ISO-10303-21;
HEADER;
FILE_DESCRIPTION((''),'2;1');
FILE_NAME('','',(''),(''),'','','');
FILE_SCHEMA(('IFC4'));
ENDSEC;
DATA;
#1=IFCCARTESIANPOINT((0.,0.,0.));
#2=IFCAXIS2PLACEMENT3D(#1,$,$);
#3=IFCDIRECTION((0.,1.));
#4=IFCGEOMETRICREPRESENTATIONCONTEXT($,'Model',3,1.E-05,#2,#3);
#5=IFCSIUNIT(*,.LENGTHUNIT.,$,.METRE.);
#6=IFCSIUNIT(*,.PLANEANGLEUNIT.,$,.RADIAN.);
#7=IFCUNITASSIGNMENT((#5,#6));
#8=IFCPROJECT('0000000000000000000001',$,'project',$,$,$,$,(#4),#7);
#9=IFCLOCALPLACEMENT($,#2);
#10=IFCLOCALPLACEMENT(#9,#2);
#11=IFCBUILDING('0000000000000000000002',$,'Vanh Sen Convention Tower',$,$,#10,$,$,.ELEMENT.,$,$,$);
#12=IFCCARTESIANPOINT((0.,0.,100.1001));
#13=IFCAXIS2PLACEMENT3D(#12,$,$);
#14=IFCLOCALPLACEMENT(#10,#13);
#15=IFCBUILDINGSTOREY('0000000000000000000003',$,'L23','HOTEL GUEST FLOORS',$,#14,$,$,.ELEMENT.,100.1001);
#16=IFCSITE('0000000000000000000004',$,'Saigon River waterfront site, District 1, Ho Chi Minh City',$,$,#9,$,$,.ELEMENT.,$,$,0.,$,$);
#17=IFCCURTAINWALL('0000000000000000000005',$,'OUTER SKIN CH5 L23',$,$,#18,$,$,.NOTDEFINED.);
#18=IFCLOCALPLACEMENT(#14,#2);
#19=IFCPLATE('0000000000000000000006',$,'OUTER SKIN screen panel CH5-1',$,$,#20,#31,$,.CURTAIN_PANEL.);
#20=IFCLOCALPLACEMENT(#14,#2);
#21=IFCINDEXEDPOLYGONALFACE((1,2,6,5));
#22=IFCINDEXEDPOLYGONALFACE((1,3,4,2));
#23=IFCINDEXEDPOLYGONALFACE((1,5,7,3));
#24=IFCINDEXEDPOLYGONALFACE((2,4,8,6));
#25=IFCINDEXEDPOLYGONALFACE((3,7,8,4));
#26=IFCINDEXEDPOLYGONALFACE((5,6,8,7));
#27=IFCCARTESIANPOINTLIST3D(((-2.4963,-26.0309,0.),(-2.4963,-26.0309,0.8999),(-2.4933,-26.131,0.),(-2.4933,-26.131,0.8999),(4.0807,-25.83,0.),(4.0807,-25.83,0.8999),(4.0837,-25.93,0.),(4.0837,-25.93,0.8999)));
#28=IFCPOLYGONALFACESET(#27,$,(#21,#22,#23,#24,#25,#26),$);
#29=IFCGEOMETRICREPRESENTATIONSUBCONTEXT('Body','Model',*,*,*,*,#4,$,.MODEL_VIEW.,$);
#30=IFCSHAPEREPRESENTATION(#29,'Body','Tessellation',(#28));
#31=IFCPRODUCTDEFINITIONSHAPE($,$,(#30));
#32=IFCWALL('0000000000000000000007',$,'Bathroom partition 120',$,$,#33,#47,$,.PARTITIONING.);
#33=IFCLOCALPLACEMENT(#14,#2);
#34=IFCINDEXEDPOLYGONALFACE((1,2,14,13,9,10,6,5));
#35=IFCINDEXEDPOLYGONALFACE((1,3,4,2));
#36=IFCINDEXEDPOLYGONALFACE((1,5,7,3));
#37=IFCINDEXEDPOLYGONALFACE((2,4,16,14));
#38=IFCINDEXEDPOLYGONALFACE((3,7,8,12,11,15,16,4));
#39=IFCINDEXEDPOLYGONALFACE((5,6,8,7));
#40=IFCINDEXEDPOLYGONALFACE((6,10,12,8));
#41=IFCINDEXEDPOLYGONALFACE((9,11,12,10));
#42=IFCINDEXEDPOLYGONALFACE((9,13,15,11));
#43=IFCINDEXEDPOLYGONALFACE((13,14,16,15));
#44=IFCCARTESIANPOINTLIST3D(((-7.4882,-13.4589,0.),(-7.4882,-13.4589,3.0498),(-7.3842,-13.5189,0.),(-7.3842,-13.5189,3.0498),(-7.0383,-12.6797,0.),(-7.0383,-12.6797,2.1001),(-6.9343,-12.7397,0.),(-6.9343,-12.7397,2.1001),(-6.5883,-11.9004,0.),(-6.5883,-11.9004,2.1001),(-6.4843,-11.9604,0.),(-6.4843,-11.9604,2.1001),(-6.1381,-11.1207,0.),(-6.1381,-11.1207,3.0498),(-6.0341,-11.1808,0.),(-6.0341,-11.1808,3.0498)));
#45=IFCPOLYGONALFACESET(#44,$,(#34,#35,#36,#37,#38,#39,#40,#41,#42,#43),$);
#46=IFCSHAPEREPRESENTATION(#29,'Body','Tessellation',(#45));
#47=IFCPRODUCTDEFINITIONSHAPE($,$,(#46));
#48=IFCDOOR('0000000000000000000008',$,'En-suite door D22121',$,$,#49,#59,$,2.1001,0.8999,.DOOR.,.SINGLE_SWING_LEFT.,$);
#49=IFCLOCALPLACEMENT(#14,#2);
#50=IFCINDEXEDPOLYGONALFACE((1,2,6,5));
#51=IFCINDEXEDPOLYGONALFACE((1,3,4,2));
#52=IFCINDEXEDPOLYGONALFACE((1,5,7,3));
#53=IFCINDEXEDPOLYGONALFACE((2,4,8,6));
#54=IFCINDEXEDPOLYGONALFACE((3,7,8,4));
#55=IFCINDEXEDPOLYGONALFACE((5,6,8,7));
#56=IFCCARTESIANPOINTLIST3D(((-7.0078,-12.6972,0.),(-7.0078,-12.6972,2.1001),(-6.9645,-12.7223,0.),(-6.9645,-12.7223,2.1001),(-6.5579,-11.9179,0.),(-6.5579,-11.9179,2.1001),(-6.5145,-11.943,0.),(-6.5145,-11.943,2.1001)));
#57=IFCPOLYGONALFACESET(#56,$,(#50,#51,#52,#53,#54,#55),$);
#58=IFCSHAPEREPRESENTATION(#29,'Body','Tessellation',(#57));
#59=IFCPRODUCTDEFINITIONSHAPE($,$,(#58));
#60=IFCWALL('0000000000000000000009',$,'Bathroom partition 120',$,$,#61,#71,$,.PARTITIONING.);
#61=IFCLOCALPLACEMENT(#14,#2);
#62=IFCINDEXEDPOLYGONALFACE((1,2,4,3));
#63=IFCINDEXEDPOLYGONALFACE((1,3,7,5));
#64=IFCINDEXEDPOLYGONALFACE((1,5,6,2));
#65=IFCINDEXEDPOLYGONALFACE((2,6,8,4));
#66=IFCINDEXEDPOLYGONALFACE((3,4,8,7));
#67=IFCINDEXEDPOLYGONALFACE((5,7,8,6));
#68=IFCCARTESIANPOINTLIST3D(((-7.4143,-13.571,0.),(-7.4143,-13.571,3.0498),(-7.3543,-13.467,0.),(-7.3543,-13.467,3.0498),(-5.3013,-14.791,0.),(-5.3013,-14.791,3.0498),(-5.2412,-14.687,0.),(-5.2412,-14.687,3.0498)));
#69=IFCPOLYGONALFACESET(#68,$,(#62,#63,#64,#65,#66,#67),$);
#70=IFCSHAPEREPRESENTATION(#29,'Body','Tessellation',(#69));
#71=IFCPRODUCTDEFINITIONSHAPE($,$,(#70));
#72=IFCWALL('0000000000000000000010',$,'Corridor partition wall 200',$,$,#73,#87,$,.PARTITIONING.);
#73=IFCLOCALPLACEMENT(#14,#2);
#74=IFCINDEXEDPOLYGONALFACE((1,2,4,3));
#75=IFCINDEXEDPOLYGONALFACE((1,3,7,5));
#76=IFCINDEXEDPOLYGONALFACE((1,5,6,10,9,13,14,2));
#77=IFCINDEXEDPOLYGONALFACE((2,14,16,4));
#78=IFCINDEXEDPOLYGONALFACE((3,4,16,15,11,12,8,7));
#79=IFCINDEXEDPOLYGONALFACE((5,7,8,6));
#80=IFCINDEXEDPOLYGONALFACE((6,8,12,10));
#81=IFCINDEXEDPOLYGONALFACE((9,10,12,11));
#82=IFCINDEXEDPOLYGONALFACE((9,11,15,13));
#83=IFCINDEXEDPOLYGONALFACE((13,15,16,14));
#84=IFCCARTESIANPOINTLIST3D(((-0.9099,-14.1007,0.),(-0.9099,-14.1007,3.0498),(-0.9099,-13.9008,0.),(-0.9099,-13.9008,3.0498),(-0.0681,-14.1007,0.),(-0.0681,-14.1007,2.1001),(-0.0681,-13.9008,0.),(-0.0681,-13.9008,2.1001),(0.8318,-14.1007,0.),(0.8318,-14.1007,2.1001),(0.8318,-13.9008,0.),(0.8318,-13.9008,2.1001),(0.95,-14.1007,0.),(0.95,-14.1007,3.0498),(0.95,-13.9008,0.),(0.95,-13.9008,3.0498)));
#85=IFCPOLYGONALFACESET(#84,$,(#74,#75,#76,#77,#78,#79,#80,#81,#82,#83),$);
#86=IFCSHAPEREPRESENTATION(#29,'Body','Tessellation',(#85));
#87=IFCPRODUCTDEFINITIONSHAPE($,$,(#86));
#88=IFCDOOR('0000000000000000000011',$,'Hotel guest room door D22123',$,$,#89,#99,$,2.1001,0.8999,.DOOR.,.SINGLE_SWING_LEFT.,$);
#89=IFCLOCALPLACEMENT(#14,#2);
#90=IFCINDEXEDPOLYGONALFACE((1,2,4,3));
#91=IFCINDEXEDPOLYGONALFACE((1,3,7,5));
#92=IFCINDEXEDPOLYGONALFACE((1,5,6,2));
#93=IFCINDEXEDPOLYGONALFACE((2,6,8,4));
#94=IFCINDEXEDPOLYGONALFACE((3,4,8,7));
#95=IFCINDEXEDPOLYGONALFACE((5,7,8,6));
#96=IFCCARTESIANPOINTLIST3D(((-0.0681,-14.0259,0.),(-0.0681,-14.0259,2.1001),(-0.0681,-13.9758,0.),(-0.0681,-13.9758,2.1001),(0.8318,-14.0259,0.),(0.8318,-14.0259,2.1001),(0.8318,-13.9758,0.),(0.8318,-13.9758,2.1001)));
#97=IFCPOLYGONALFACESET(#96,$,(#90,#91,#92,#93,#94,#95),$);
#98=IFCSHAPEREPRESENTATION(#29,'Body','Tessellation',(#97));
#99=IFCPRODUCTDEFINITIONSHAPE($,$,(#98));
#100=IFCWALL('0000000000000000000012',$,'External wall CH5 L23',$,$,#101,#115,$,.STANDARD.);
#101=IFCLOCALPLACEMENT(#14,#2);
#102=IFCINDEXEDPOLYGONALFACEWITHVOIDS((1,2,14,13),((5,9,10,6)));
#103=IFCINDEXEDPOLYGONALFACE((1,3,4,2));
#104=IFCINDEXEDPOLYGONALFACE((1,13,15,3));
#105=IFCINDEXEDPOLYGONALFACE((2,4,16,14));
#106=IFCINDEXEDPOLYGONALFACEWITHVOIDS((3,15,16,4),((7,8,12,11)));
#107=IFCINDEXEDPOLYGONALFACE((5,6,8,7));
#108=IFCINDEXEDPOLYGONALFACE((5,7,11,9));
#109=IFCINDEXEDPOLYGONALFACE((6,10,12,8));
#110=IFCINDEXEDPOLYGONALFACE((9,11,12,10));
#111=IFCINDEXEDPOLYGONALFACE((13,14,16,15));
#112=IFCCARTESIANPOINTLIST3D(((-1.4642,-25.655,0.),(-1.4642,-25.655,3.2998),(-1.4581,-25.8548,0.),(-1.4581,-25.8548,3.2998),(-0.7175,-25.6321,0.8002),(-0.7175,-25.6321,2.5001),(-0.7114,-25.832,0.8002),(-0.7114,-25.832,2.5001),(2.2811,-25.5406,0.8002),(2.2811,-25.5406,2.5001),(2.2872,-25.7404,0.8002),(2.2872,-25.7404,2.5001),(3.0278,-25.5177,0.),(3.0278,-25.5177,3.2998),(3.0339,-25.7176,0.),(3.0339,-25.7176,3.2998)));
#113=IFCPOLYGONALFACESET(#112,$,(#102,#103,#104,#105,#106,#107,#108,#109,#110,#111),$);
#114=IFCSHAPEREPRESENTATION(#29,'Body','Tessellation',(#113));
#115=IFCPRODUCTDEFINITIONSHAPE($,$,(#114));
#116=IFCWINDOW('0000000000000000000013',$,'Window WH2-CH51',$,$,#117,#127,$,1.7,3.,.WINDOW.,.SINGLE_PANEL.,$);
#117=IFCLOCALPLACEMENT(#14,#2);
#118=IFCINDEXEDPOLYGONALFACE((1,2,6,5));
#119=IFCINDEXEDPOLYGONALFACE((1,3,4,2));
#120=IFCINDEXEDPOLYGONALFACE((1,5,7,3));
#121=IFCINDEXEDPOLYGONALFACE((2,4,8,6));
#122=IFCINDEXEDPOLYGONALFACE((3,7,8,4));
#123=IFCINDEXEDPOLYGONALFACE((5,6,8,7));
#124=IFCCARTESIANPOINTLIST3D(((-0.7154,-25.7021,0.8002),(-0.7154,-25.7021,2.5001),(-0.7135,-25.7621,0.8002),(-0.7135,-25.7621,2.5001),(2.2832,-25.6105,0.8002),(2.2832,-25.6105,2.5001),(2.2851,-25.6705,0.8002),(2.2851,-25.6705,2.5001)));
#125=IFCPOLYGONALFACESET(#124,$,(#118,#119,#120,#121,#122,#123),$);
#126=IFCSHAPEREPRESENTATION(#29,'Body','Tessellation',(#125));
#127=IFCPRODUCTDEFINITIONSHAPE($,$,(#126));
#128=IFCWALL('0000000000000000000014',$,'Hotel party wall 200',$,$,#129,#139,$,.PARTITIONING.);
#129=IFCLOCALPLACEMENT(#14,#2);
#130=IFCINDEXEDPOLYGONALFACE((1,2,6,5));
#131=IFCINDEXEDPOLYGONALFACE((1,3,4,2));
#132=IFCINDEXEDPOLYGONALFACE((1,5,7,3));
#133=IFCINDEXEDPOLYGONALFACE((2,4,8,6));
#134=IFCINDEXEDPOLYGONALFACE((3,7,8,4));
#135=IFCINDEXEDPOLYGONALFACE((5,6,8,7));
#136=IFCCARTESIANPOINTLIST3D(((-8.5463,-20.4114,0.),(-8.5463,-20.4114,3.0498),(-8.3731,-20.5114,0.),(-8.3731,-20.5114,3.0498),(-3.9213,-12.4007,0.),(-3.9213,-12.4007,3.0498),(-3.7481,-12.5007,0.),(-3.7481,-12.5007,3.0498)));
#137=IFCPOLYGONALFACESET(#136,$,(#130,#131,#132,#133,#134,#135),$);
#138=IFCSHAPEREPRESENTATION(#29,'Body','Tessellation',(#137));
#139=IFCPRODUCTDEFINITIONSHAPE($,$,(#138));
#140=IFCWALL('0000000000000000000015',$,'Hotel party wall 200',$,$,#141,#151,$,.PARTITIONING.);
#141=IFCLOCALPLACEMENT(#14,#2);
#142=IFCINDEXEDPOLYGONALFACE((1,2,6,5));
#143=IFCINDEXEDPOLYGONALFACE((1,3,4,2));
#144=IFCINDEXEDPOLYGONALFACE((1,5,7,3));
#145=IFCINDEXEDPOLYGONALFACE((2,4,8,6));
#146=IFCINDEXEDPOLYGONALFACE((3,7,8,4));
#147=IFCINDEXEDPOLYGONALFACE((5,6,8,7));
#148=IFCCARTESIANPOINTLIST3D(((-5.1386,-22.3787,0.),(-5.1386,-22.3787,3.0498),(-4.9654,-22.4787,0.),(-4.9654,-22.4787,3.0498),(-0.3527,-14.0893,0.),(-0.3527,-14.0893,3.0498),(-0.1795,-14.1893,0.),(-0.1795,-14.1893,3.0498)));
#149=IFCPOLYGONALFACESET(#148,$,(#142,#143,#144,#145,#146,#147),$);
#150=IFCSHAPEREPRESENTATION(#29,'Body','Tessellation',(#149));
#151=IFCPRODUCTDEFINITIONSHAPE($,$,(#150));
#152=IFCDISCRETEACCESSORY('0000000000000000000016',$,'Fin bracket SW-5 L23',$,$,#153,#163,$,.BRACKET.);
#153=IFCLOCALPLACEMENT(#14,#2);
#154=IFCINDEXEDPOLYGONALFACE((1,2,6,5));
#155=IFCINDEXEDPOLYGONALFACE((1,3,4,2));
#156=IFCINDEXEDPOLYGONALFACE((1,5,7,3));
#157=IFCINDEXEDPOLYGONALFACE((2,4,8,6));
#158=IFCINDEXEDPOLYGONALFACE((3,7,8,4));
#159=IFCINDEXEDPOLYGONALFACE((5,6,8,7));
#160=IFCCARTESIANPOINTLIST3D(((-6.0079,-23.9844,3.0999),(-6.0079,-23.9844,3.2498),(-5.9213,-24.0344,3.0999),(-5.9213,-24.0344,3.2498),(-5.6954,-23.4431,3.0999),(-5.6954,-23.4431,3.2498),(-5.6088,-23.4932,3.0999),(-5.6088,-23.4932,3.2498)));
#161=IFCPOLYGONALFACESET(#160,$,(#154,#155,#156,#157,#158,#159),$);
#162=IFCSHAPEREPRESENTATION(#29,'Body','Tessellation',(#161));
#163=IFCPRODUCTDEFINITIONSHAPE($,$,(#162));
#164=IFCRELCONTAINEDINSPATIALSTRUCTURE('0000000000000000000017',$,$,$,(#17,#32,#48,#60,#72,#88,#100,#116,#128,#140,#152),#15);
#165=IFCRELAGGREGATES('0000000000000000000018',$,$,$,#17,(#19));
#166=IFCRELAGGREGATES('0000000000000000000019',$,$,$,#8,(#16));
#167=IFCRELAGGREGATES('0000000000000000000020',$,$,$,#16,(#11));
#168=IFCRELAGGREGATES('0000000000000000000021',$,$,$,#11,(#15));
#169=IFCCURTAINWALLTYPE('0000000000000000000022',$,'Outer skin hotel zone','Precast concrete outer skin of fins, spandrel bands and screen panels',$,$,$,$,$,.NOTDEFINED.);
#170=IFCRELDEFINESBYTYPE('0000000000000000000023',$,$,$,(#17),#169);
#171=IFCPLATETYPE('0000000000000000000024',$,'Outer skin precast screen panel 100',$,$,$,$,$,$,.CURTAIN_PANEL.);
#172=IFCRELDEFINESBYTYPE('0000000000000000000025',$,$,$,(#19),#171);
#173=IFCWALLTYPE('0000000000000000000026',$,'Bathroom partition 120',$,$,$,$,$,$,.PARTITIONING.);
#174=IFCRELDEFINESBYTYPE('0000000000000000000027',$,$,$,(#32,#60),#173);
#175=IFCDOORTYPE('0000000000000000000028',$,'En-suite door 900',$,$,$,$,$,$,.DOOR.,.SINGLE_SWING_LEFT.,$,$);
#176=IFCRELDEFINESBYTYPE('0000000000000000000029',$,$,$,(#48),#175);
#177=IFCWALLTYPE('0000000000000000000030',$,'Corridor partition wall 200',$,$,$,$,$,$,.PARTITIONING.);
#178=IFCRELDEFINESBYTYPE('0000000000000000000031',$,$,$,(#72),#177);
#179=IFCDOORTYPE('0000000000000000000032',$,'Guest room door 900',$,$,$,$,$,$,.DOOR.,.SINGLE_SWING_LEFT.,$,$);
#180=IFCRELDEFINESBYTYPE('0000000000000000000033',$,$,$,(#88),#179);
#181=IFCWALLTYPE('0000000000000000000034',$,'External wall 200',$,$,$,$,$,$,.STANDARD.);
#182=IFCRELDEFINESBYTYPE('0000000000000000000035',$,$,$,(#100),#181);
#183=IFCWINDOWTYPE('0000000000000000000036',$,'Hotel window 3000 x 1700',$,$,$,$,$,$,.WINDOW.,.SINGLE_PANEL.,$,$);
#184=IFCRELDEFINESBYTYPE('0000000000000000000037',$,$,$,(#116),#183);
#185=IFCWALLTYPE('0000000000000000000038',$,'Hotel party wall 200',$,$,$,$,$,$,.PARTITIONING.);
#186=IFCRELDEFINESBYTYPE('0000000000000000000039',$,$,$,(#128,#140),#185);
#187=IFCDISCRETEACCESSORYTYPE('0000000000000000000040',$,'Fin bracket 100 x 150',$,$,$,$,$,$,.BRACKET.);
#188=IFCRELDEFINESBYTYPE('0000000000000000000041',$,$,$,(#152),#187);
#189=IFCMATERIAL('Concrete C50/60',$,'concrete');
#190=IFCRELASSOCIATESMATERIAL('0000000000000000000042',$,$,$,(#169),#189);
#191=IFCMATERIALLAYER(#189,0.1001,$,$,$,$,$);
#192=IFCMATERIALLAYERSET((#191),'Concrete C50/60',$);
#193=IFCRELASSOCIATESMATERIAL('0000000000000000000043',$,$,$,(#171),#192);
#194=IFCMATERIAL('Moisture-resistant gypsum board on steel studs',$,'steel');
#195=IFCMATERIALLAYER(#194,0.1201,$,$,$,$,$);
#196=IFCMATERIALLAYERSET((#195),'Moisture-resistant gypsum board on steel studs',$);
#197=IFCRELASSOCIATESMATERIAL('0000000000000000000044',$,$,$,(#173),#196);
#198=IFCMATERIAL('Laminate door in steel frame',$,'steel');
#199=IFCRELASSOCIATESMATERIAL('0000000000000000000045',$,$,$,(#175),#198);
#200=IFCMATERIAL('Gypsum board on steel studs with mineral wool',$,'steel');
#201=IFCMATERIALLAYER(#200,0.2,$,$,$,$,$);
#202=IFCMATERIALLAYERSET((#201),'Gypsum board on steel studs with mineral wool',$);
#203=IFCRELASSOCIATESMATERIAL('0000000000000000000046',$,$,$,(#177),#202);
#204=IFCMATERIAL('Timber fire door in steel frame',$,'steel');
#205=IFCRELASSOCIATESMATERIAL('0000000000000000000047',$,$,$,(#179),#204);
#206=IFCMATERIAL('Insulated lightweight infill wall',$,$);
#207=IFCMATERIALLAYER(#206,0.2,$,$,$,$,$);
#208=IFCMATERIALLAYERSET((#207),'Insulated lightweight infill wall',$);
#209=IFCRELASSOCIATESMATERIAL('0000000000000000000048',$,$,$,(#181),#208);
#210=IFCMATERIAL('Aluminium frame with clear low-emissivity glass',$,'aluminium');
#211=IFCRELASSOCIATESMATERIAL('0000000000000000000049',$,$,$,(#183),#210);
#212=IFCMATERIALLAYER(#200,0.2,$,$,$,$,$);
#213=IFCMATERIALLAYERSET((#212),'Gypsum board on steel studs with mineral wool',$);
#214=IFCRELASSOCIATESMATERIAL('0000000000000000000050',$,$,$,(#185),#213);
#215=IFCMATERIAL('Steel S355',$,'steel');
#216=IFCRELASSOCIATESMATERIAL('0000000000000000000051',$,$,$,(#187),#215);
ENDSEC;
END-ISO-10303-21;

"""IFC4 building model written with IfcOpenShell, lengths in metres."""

from ifc_helpers import new_model, si_unit, direction, frame, frame_2d, origin, origin_2d, place, context, subcontext, project, spatial, rectangle, extrude, material, layer, layer_set, type_object, element, fill, aggregate, save


model = new_model("IFC4")

# Units and contexts
model_context = context("Model", 3, precision=1e-05, world=origin(), true_north=direction((0.0, 1.0)))
body_context = subcontext(model_context, "Body", "Model", "MODEL_VIEW")
ifc_project = project(units=[si_unit("LENGTHUNIT", "METRE"), si_unit("PLANEANGLEUNIT", "RADIAN")], contexts=[model_context])

# Site, building, storey
site_placement = place(None, origin())
site = spatial("IfcSite", under=ifc_project, at=site_placement, Name="Saigon River waterfront site, District 1, Ho Chi Minh City", CompositionType="ELEMENT", RefElevation=0.0)
building_placement = place(site_placement, origin())
building = spatial("IfcBuilding", under=site, at=building_placement, Name="Vanh Sen Convention Tower", CompositionType="ELEMENT")
storey_placement = place(building_placement, frame((0.0, 0.0, 100.1001)))
storey = spatial("IfcBuildingStorey", under=building, at=storey_placement, Name="L23", Description="HOTEL GUEST FLOORS", CompositionType="ELEMENT", Elevation=100.1001)

# Shared definitions
ifc_material_1 = material(Name="Concrete C50/60", Category="concrete")
curtain_wall_type = type_object("IfcCurtainWallType", Name="Outer skin hotel zone", Description="Precast concrete outer skin of fins, spandrel bands and screen panels", PredefinedType="NOTDEFINED", material=ifc_material_1)

# Curtain wall
curtain_wall_1_placement = place(storey_placement, origin())
curtain_wall_1 = element("IfcCurtainWall", 1, at=curtain_wall_1_placement, inside=storey, type_object=curtain_wall_type, Name="OUTER SKIN CH5 L23", PredefinedType="NOTDEFINED")

# Plate
ifc_layer_1 = layer(ifc_material_1, 0.1001)
ifc_layer_set_1 = layer_set([ifc_layer_1], Name="Concrete C50/60")
plate_type = type_object("IfcPlateType", Name="Outer skin precast screen panel 100", PredefinedType="CURTAIN_PANEL", material=ifc_layer_set_1)
plate_1_placement = place(storey_placement, frame((0.7937, -25.9805, 0.0), z_axis=(0.0, 0.0, 1.0), x_axis=(0.999533, 0.030542, 0.0)))
plate_1 = element("IfcPlate", 2, at=plate_1_placement, type_object=plate_type, Name="OUTER SKIN screen panel CH5-1", PredefinedType="CURTAIN_PANEL", context=body_context, shape_type="SweptSolid", body=[
    extrude(rectangle(XDim=6.5801, YDim=0.1001, at=origin_2d()), origin(), (0.0, 0.0, 1.0), 0.8999),
])
aggregate(curtain_wall_1, [plate_1])

# Wall, opening, door
ifc_material_2 = material(Name="Moisture-resistant gypsum board on steel studs", Category="steel")
ifc_layer_2 = layer(ifc_material_2, 0.1201)
ifc_layer_set_2 = layer_set([ifc_layer_2], Name="Moisture-resistant gypsum board on steel studs")
wall_type_1 = type_object("IfcWallType", Name="Bathroom partition 120", PredefinedType="PARTITIONING", material=ifc_layer_set_2)
wall_1_placement = place(storey_placement, frame((-7.4363, -13.489, 0.0), z_axis=(0.0, 0.0, 1.0), x_axis=(0.500049, 0.865997, 0.0)))
wall_1 = element("IfcWall", 3, at=wall_1_placement, inside=storey, type_object=wall_type_1, Name="Bathroom partition 120", PredefinedType="PARTITIONING", context=body_context, shape_type="SweptSolid", body=[
    extrude(rectangle(XDim=2.7, YDim=0.1201, at=frame_2d((1.3501, 0.0))), origin(), (0.0, 0.0, 1.0), 3.0498),
])
opening_1_placement = place(wall_1_placement, frame((0.8999, 0.0, 0.0)))
opening_1 = element("IfcOpeningElement", 4, at=opening_1_placement, cuts=wall_1, PredefinedType="OPENING", context=body_context, shape_type="SweptSolid", body=[
    extrude(rectangle(XDim=0.8999, YDim=2.1001, at=frame_2d((0.45, 1.05))), frame((0.0, 0.0701, 0.0), z_axis=(0.0, -1.0, 0.0), x_axis=(1.0, 0.0, 0.0)), (0.0, 0.0, 1.0), 0.1401),
])
ifc_material_3 = material(Name="Laminate door in steel frame", Category="steel")
door_type_1 = type_object("IfcDoorType", Name="En-suite door 900", OperationType="SINGLE_SWING_LEFT", PredefinedType="DOOR", material=ifc_material_3)
door_1_placement = place(opening_1_placement, origin())
door_1 = element("IfcDoor", 5, at=door_1_placement, inside=storey, type_object=door_type_1, Name="En-suite door D22121", OperationType="SINGLE_SWING_LEFT", OverallHeight=2.1001, OverallWidth=0.8999, PredefinedType="DOOR", context=body_context, shape_type="SweptSolid", body=[
    extrude(rectangle(XDim=0.8999, YDim=2.1001, at=frame_2d((0.45, 1.05))), frame((0.0, 0.0249, 0.0), z_axis=(0.0, -1.0, 0.0), x_axis=(1.0, 0.0, 0.0)), (0.0, 0.0, 1.0), 0.05),
])
fill(opening_1, door_1)

# Wall
wall_2_placement = place(storey_placement, frame((-5.2712, -14.739, 0.0), z_axis=(0.0, 0.0, 1.0), x_axis=(-0.866024, 0.500003, 0.0)))
element("IfcWall", 6, at=wall_2_placement, inside=storey, type_object=wall_type_1, Name="Bathroom partition 120", PredefinedType="PARTITIONING", context=body_context, shape_type="SweptSolid", body=[
    extrude(rectangle(XDim=2.4399, YDim=0.1201, at=frame_2d((1.22, 0.0))), origin(), (0.0, 0.0, 1.0), 3.0498),
])

# Wall, opening, door
ifc_material_4 = material(Name="Gypsum board on steel studs with mineral wool", Category="steel")
ifc_layer_3 = layer(ifc_material_4, 0.2)
ifc_layer_set_3 = layer_set([ifc_layer_3], Name="Gypsum board on steel studs with mineral wool")
wall_type_2 = type_object("IfcWallType", Name="Corridor partition wall 200", PredefinedType="PARTITIONING", material=ifc_layer_set_3)
wall_3_placement = place(storey_placement, frame((-0.9099, -14.0007, 0.0), z_axis=(0.0, 0.0, 1.0), x_axis=(1.0, 0.0, 0.0)))
wall_3 = element("IfcWall", 7, at=wall_3_placement, inside=storey, type_object=wall_type_2, Name="Corridor partition wall 200", PredefinedType="PARTITIONING", context=body_context, shape_type="SweptSolid", body=[
    extrude(rectangle(XDim=1.8599, YDim=0.2, at=frame_2d((0.9299, 0.0))), origin(), (0.0, 0.0, 1.0), 3.0498),
])
opening_2_placement = place(wall_3_placement, frame((0.8418, 0.0, 0.0)))
opening_2 = element("IfcOpeningElement", 8, at=opening_2_placement, cuts=wall_3, PredefinedType="OPENING", context=body_context, shape_type="SweptSolid", body=[
    extrude(rectangle(XDim=0.8999, YDim=2.1001, at=frame_2d((0.45, 1.05))), frame((0.0, 0.1099, 0.0), z_axis=(0.0, -1.0, 0.0), x_axis=(1.0, 0.0, 0.0)), (0.0, 0.0, 1.0), 0.22),
])
ifc_material_5 = material(Name="Timber fire door in steel frame", Category="steel")
door_type_2 = type_object("IfcDoorType", Name="Guest room door 900", OperationType="SINGLE_SWING_LEFT", PredefinedType="DOOR", material=ifc_material_5)
door_2_placement = place(opening_2_placement, origin())
door_2 = element("IfcDoor", 9, at=door_2_placement, inside=storey, type_object=door_type_2, Name="Hotel guest room door D22123", OperationType="SINGLE_SWING_LEFT", OverallHeight=2.1001, OverallWidth=0.8999, PredefinedType="DOOR", context=body_context, shape_type="SweptSolid", body=[
    extrude(rectangle(XDim=0.8999, YDim=2.1001, at=frame_2d((0.45, 1.05))), frame((0.0, 0.0249, 0.0), z_axis=(0.0, -1.0, 0.0), x_axis=(1.0, 0.0, 0.0)), (0.0, 0.0, 1.0), 0.05),
])
fill(opening_2, door_2)

# Wall, opening, window
ifc_material_6 = material(Name="Insulated lightweight infill wall")
ifc_layer_4 = layer(ifc_material_6, 0.2)
ifc_layer_set_4 = layer_set([ifc_layer_4], Name="Insulated lightweight infill wall")
wall_type_3 = type_object("IfcWallType", Name="External wall 200", PredefinedType="STANDARD", material=ifc_layer_set_4)
wall_4_placement = place(storey_placement, frame((-1.4612, -25.7549, 0.0), z_axis=(0.0, 0.0, 1.0), x_axis=(0.999534, 0.030531, 0.0)))
wall_4 = element("IfcWall", 10, at=wall_4_placement, inside=storey, type_object=wall_type_3, Name="External wall CH5 L23", PredefinedType="STANDARD", context=body_context, shape_type="SweptSolid", body=[
    extrude(rectangle(XDim=4.4941, YDim=0.2, at=frame_2d((2.2471, 0.0))), origin(), (0.0, 0.0, 1.0), 3.2998),
])
opening_3_placement = place(wall_4_placement, frame((0.7471, 0.0, 0.8)))
opening_3 = element("IfcOpeningElement", 11, at=opening_3_placement, cuts=wall_4, PredefinedType="OPENING", context=body_context, shape_type="SweptSolid", body=[
    extrude(rectangle(XDim=3.0, YDim=1.7, at=frame_2d((1.5, 0.8501))), frame((0.0, 0.1099, 0.0), z_axis=(0.0, -1.0, 0.0), x_axis=(1.0, 0.0, 0.0)), (0.0, 0.0, 1.0), 0.22),
])
ifc_material_7 = material(Name="Aluminium frame with clear low-emissivity glass", Category="aluminium")
window_type = type_object("IfcWindowType", Name="Hotel window 3000 x 1700", PartitioningType="SINGLE_PANEL", PredefinedType="WINDOW", material=ifc_material_7)
window_placement = place(opening_3_placement, origin())
window = element("IfcWindow", 12, at=window_placement, inside=storey, type_object=window_type, Name="Window WH2-CH51", OverallHeight=1.7, OverallWidth=3.0, PartitioningType="SINGLE_PANEL", PredefinedType="WINDOW", context=body_context, shape_type="SweptSolid", body=[
    extrude(rectangle(XDim=3.0, YDim=1.7, at=frame_2d((1.5, 0.8501))), frame((0.0, 0.03, 0.0), z_axis=(0.0, -1.0, 0.0), x_axis=(1.0, 0.0, 0.0)), (0.0, 0.0, 1.0), 0.0601),
])
fill(opening_3, window)

# Walls
ifc_layer_5 = layer(ifc_material_4, 0.2)
ifc_layer_set_5 = layer_set([ifc_layer_5], Name="Gypsum board on steel studs with mineral wool")
wall_type_4 = type_object("IfcWallType", Name="Hotel party wall 200", PredefinedType="PARTITIONING", material=ifc_layer_set_5)
wall_5_placement = place(storey_placement, frame((-8.4597, -20.4614, 0.0), z_axis=(0.0, 0.0, 1.0), x_axis=(0.5, 0.866026, 0.0)))
element("IfcWall", 13, at=wall_5_placement, inside=storey, type_object=wall_type_4, Name="Hotel party wall 200", PredefinedType="PARTITIONING", context=body_context, shape_type="SweptSolid", body=[
    extrude(rectangle(XDim=9.25, YDim=0.2, at=frame_2d((4.625, 0.0))), origin(), (0.0, 0.0, 1.0), 3.0498),
])
wall_6_placement = place(storey_placement, frame((-5.052, -22.4287, 0.0), z_axis=(0.0, 0.0, 1.0), x_axis=(0.500004, 0.866023, 0.0)))
element("IfcWall", 14, at=wall_6_placement, inside=storey, type_object=wall_type_4, Name="Hotel party wall 200", PredefinedType="PARTITIONING", context=body_context, shape_type="SweptSolid", body=[
    extrude(rectangle(XDim=9.5718, YDim=0.2, at=frame_2d((4.7859, 0.0))), origin(), (0.0, 0.0, 1.0), 3.0498),
])

# Discrete accessory
ifc_material_8 = material(Name="Steel S355", Category="steel")
discrete_accessory_type = type_object("IfcDiscreteAccessoryType", Name="Fin bracket 100 x 150", PredefinedType="BRACKET", material=ifc_material_8)
discrete_accessory_placement = place(storey_placement, frame((-5.8083, -23.7388, 3.0999), z_axis=(0.0, 0.0, 1.0), x_axis=(-0.5, -0.866025, 0.0)))
element("IfcDiscreteAccessory", 15, at=discrete_accessory_placement, inside=storey, type_object=discrete_accessory_type, Name="Fin bracket SW-5 L23", PredefinedType="BRACKET", context=body_context, shape_type="SweptSolid", body=[
    extrude(rectangle(XDim=0.625, YDim=0.1001, at=origin_2d()), origin(), (0.0, 0.0, 1.0), 0.1499),
])

save(model, "model.ifc")
